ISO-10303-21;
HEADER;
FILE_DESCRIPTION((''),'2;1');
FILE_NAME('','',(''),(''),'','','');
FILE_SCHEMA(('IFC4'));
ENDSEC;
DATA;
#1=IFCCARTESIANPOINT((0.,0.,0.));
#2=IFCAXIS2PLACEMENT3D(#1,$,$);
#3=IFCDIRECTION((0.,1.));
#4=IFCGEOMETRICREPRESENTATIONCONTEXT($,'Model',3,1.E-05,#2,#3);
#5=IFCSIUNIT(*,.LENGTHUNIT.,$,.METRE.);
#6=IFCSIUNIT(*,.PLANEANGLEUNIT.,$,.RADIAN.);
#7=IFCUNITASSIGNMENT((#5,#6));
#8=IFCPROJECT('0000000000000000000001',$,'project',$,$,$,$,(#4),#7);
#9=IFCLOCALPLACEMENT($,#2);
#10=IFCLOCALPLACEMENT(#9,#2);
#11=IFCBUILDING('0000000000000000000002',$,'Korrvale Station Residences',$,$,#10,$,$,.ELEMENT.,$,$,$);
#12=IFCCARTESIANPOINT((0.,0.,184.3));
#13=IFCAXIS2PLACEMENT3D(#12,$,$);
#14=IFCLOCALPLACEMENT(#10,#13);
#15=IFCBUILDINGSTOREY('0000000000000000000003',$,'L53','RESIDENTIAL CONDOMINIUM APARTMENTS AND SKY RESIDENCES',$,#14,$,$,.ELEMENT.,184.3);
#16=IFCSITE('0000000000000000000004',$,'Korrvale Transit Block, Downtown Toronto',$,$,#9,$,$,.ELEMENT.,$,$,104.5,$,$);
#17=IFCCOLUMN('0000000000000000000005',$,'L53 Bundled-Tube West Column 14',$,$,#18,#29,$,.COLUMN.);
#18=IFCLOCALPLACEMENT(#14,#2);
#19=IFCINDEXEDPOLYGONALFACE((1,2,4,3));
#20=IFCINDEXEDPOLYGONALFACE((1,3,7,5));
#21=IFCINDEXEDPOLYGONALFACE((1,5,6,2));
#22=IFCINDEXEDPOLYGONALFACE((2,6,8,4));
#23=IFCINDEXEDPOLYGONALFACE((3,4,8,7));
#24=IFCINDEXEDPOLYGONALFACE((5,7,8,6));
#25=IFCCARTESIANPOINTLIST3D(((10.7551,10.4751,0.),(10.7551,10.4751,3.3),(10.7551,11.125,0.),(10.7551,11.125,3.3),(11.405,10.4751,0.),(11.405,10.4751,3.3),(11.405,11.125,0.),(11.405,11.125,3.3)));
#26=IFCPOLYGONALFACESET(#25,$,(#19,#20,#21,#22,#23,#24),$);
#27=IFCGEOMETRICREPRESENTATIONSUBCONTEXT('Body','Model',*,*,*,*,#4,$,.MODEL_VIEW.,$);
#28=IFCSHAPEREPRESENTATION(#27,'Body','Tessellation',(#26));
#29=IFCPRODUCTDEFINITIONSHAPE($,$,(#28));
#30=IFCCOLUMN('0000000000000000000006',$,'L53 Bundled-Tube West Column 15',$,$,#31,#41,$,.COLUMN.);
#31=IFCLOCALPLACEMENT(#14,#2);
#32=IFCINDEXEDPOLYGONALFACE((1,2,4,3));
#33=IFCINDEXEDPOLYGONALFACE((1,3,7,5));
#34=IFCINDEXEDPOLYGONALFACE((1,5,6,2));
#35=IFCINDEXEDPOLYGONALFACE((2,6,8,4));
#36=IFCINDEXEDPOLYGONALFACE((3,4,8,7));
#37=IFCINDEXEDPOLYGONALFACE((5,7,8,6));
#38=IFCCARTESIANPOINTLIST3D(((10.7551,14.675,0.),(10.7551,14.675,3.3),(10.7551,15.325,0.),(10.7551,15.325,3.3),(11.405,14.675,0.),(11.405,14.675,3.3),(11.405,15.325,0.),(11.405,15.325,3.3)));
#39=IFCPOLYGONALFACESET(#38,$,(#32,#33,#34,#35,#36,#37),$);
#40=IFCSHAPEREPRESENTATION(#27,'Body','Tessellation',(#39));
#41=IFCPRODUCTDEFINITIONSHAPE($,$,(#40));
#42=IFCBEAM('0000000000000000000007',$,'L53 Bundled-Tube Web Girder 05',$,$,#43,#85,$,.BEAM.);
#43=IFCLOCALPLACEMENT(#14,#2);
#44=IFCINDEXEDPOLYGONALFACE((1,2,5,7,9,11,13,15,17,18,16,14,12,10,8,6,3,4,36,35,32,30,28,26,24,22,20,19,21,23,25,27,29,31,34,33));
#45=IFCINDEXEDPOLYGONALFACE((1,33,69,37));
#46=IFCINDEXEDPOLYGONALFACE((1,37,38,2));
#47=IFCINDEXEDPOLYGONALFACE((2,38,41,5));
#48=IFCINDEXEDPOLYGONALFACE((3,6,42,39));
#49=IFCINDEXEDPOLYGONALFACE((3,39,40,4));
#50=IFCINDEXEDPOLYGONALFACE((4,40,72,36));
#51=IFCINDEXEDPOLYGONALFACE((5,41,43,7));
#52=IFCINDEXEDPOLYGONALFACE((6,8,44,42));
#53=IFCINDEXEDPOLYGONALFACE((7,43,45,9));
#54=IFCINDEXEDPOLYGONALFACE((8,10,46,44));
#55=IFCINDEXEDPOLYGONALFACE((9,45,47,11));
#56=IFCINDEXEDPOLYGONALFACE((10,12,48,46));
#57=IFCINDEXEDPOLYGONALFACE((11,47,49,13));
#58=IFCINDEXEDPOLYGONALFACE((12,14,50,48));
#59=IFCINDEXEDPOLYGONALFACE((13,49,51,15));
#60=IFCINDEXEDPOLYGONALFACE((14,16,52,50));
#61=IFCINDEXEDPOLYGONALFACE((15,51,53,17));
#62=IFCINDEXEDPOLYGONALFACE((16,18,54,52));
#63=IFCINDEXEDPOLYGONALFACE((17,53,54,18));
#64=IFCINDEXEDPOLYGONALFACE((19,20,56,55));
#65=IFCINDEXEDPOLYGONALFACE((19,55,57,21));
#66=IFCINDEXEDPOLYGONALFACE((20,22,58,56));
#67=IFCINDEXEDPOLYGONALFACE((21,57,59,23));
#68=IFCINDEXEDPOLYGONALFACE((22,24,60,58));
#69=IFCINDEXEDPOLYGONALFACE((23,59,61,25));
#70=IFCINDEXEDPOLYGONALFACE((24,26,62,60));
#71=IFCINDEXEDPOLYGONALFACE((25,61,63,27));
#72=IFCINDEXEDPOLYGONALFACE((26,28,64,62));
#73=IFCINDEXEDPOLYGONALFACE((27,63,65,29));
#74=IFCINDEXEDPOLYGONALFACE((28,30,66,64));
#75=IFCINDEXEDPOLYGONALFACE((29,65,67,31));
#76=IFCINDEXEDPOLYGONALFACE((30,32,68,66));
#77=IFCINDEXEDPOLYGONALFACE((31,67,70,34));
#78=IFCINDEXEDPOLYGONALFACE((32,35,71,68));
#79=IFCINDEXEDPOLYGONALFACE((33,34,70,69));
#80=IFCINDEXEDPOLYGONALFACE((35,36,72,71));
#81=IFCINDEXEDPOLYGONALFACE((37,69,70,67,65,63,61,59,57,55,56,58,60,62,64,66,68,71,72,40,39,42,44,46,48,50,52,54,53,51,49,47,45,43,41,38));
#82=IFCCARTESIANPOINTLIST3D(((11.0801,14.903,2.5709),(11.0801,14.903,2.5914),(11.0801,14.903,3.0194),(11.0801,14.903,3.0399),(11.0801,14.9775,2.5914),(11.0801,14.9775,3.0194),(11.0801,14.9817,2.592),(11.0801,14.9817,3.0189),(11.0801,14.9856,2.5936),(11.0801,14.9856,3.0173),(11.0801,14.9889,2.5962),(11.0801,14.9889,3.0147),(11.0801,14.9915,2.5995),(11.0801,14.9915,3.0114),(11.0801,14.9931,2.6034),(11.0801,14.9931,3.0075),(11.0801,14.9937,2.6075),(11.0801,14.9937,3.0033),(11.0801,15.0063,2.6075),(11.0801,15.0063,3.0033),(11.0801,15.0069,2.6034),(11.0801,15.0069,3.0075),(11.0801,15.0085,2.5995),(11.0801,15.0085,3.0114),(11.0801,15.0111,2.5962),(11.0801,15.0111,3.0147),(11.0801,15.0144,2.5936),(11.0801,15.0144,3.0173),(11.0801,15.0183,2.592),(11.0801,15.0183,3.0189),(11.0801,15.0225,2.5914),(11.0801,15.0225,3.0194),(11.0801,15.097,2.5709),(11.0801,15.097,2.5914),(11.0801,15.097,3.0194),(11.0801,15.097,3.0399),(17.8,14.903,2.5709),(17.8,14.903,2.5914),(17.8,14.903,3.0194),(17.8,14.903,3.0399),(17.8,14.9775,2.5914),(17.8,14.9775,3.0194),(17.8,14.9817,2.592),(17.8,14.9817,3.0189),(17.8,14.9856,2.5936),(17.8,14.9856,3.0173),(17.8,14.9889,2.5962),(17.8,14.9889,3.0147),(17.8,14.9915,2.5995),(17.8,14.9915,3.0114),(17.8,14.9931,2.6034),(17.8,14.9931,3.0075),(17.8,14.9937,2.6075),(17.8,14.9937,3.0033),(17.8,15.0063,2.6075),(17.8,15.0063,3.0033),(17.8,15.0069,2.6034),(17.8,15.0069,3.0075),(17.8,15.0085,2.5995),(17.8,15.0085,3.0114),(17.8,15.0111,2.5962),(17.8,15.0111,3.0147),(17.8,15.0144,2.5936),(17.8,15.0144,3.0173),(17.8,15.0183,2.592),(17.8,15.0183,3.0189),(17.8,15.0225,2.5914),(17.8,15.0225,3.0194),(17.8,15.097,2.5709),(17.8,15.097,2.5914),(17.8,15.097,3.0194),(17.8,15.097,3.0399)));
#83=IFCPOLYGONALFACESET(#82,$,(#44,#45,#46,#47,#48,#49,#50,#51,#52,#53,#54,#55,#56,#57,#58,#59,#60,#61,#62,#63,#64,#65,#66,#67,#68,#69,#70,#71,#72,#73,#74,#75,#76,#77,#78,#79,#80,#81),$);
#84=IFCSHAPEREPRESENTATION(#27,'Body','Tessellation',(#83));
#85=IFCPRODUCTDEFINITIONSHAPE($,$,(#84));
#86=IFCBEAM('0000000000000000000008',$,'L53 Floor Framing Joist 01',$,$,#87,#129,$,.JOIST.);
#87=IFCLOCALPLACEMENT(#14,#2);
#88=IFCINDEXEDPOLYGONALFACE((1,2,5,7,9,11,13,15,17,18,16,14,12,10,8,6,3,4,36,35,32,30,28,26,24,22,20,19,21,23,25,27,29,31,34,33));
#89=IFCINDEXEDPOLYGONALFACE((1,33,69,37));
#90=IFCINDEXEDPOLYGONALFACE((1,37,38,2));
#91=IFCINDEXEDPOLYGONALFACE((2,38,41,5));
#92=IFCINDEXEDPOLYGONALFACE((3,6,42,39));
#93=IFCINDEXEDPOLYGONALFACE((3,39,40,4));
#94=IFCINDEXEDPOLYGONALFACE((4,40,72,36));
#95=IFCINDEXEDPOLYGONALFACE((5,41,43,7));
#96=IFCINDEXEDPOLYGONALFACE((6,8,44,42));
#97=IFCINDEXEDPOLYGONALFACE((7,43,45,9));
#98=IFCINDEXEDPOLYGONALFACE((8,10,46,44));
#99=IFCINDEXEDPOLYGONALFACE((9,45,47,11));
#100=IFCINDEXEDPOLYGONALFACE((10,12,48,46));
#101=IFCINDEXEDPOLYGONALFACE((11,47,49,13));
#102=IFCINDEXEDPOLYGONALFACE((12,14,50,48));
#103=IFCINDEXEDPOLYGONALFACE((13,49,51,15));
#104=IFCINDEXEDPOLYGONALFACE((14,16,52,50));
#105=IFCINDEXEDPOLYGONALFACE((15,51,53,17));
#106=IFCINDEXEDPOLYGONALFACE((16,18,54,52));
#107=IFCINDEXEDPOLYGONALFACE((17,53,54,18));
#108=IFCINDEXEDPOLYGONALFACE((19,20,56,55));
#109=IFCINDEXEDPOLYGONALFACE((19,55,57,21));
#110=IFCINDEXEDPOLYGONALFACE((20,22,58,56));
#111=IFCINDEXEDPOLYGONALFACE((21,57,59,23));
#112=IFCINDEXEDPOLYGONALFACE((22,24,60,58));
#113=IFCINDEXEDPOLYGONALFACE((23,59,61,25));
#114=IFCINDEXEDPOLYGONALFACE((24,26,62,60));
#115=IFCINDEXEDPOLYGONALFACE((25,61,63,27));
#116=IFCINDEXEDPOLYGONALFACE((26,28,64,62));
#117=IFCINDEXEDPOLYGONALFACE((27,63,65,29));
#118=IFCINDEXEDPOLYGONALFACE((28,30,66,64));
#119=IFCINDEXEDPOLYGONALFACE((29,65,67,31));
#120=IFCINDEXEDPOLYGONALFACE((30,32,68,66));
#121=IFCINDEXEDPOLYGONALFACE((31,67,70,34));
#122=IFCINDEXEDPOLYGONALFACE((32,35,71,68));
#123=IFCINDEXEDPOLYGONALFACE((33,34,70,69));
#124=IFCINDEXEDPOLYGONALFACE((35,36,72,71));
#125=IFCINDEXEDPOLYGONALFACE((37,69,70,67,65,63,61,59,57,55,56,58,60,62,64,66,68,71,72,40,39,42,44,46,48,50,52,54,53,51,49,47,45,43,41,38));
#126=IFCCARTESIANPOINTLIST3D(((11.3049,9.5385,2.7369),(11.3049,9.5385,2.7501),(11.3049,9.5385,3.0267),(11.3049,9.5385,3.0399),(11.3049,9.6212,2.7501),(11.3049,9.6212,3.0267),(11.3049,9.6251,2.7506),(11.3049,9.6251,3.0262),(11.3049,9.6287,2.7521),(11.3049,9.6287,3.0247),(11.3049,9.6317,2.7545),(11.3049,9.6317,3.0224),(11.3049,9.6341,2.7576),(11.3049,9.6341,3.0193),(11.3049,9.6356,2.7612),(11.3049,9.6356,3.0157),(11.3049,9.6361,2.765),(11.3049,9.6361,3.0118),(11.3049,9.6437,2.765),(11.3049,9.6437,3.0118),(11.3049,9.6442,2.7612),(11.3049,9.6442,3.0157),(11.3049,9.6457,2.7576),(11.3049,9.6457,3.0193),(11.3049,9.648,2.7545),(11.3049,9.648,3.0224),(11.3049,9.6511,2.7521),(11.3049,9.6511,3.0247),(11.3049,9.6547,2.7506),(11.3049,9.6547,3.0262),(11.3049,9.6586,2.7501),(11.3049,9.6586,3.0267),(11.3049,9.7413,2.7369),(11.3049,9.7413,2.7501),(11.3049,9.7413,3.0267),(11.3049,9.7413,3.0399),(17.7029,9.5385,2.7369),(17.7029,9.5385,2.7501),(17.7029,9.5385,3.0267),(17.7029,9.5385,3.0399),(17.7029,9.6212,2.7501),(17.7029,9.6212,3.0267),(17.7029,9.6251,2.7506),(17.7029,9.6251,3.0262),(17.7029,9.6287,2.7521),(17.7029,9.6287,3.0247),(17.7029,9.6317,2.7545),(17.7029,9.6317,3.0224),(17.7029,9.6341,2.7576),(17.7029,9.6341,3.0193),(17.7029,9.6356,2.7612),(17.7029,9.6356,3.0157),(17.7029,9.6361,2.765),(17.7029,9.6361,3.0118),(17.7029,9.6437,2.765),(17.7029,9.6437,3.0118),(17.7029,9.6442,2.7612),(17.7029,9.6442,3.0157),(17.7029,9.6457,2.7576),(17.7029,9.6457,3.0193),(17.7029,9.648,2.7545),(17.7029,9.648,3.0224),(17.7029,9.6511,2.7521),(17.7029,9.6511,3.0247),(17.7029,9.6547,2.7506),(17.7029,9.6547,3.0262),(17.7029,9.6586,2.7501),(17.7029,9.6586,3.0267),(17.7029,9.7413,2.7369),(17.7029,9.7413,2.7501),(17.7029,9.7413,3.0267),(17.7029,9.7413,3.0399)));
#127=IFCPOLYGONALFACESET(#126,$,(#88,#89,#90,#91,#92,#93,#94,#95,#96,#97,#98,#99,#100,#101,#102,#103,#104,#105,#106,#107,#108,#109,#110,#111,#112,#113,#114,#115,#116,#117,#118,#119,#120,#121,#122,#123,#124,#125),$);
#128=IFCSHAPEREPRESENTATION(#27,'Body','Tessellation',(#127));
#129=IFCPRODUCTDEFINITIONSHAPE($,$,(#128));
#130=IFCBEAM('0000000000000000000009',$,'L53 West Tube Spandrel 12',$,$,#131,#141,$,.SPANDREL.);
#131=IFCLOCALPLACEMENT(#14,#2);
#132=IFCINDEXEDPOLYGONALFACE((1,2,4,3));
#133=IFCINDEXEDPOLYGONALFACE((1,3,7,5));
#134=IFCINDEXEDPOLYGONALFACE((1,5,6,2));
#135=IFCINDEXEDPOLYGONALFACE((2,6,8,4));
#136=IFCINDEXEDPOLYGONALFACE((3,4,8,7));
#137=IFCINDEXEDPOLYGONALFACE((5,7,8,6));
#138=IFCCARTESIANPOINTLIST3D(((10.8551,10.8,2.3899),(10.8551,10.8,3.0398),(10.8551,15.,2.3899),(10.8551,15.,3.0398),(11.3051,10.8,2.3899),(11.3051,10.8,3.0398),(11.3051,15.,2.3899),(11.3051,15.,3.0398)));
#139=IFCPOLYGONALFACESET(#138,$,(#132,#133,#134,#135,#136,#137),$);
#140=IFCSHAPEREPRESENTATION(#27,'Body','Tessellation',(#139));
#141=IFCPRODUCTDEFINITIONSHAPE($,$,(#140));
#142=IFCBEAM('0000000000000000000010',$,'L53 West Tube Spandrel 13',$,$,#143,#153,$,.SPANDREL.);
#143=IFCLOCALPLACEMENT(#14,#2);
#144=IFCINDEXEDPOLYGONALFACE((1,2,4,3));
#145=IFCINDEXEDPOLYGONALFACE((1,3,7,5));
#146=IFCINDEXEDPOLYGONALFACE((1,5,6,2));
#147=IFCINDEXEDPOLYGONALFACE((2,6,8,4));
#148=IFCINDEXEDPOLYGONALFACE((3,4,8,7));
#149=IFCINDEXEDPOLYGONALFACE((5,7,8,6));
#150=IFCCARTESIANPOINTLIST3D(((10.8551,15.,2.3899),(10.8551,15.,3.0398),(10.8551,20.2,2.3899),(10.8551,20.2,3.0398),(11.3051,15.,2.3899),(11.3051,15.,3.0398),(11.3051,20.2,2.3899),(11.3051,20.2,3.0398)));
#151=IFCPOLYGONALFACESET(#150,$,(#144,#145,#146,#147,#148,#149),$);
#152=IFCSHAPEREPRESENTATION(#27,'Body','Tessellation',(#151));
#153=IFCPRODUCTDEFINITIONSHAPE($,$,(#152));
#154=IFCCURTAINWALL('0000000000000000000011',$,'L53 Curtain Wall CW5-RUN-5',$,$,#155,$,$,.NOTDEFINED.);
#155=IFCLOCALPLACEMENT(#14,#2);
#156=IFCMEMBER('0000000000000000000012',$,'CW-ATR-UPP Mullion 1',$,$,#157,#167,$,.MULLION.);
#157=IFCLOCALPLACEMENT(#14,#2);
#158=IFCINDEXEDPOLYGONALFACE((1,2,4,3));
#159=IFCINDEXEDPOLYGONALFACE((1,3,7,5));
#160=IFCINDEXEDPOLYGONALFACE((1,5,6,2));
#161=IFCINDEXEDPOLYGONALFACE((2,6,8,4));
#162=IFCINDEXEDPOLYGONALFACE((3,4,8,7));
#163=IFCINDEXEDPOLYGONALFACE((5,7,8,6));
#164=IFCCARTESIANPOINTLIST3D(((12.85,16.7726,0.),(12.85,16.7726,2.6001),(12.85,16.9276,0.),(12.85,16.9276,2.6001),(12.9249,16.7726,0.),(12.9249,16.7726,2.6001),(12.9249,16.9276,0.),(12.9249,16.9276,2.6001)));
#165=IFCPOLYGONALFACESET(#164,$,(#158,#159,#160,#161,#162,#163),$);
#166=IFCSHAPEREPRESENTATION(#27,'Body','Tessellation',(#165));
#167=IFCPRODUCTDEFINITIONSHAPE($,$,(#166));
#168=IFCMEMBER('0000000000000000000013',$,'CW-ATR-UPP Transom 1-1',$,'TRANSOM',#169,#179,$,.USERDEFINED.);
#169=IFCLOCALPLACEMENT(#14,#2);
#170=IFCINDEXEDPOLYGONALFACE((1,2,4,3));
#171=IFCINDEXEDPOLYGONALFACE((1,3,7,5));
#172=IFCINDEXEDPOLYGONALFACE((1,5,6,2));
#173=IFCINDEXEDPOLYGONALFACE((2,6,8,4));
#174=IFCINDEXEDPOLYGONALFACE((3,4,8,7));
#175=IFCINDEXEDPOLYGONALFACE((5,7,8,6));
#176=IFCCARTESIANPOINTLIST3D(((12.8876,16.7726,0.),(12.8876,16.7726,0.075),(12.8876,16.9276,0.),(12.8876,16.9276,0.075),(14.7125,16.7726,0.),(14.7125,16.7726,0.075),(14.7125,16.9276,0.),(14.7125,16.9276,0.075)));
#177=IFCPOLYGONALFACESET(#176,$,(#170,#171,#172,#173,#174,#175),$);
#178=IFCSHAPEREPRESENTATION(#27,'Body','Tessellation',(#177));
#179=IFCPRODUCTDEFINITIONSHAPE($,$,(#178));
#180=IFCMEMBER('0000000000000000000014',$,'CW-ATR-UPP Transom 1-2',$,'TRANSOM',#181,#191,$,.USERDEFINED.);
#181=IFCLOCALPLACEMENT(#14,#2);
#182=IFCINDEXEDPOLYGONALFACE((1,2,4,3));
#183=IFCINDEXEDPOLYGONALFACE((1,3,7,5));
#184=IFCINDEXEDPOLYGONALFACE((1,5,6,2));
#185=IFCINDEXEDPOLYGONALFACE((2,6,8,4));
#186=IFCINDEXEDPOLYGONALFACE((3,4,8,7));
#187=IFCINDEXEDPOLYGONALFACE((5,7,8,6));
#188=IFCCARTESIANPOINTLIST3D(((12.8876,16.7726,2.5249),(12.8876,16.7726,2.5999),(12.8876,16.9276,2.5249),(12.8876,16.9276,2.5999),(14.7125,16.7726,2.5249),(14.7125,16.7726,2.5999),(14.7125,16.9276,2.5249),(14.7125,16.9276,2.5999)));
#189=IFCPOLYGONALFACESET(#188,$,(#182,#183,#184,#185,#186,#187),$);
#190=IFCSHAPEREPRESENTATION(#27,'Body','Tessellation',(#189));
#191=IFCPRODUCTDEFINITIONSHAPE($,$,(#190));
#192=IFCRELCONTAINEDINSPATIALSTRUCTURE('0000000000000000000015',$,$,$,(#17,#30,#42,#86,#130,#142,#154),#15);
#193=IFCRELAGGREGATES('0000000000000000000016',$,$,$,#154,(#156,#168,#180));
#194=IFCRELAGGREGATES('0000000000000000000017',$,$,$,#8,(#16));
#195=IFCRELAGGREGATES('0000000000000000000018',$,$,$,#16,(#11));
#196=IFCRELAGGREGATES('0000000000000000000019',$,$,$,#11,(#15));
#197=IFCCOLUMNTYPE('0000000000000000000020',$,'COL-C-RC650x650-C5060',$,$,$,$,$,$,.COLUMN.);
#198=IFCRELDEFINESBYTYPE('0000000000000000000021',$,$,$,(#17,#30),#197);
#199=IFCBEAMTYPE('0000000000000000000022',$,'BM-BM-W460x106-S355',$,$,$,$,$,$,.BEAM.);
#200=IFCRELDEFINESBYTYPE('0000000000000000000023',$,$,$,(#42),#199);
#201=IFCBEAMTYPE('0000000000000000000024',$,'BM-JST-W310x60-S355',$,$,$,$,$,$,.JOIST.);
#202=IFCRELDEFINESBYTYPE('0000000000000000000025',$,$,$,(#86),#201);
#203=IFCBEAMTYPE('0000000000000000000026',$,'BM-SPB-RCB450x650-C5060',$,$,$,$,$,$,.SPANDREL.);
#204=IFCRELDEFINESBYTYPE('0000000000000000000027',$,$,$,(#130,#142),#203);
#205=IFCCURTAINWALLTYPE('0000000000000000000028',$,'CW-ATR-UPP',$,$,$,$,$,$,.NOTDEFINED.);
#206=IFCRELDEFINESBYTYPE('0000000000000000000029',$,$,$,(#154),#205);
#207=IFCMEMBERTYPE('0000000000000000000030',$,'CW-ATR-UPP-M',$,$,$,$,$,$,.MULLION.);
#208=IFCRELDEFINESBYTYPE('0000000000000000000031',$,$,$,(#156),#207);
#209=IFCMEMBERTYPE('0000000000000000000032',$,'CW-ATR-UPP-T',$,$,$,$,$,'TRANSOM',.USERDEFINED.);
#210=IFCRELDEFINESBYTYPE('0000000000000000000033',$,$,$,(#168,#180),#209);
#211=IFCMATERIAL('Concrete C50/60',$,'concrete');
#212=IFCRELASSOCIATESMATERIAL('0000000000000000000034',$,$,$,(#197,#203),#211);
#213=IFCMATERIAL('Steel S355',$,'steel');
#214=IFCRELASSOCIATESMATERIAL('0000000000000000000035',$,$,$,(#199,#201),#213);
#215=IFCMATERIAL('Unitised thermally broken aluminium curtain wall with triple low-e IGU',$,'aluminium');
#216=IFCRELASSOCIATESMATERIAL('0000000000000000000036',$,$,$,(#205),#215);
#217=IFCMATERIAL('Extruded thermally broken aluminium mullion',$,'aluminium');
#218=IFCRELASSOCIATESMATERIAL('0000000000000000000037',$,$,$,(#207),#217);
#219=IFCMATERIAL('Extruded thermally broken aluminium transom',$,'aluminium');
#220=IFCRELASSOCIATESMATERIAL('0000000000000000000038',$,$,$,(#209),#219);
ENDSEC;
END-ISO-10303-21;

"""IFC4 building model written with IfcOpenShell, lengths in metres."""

from ifc_helpers import new_model, si_unit, direction, frame, origin, origin_2d, place, context, subcontext, project, spatial, rectangle, i_section, extrude, material, material_profile, profile_set, type_object, element, aggregate, save


model = new_model("IFC4")

# Units and contexts
model_context = context("Model", 3, precision=1e-05, world=origin(), true_north=direction((0.0, 1.0)))
body_context = subcontext(model_context, "Body", "Model", "MODEL_VIEW")
ifc_project = project(units=[si_unit("LENGTHUNIT", "METRE"), si_unit("PLANEANGLEUNIT", "RADIAN")], contexts=[model_context])

# Site, building, storey
site_placement = place(None, origin())
site = spatial("IfcSite", under=ifc_project, at=site_placement, Name="Korrvale Transit Block, Downtown Toronto", CompositionType="ELEMENT", RefElevation=104.5)
building_placement = place(site_placement, origin())
building = spatial("IfcBuilding", under=site, at=building_placement, Name="Korrvale Station Residences", CompositionType="ELEMENT")
storey_placement = place(building_placement, frame((0.0, 0.0, 184.3)))
storey = spatial("IfcBuildingStorey", under=building, at=storey_placement, Name="L53", Description="RESIDENTIAL CONDOMINIUM APARTMENTS AND SKY RESIDENCES", CompositionType="ELEMENT", Elevation=184.3)

# Columns
ifc_material_1 = material(Name="Concrete C50/60", Category="concrete")
ifc_material_profile_1 = material_profile(ifc_material_1, rectangle(XDim=0.6499, YDim=0.6499, at=origin_2d()), Name="RC650x650")
ifc_profile_set_1 = profile_set([ifc_material_profile_1], Name="Concrete C50/60")
column_type = type_object("IfcColumnType", Name="COL-C-RC650x650-C5060", PredefinedType="COLUMN", material=ifc_profile_set_1)
for number, where, z_axis, x_axis, name in (
    (1, (11.0801, 10.8, 0.0), (0.0, 0.0, 1.0), (1.0, 0.0, 0.0), "L53 Bundled-Tube West Column 14"),
    (2, (11.0801, 15.0, 0.0), (0.0, 0.0, 1.0), (1.0, 0.0, 0.0), "L53 Bundled-Tube West Column 15"),
):
    element("IfcColumn", number, at=place(storey_placement, frame(where, z_axis=z_axis, x_axis=x_axis)), inside=storey, type_object=column_type, Name=name, PredefinedType="COLUMN", context=body_context, shape_type="SweptSolid", body=[
        extrude(rectangle(XDim=0.6499, YDim=0.6499, at=origin_2d()), origin(), (0.0, 0.0, 1.0), 3.3),
    ])

# Beams
ifc_material_2 = material(Name="Steel S355", Category="steel")
ifc_material_profile_2 = material_profile(ifc_material_2, i_section(OverallWidth=0.1941, OverallDepth=0.469, WebThickness=0.0127, FlangeThickness=0.0205, FilletRadius=0.0161, at=origin_2d()), Name="W460x106")
ifc_profile_set_2 = profile_set([ifc_material_profile_2], Name="Steel S355")
beam_type_1 = type_object("IfcBeamType", Name="BM-BM-W460x106-S355", PredefinedType="BEAM", material=ifc_profile_set_2)
beam_1_placement = place(storey_placement, frame((11.0801, 15.0, 2.8054), z_axis=(1.0, 0.0, 0.0), x_axis=(0.0, 1.0, 0.0)))
element("IfcBeam", 3, at=beam_1_placement, inside=storey, type_object=beam_type_1, Name="L53 Bundled-Tube Web Girder 05", PredefinedType="BEAM", context=body_context, shape_type="SweptSolid", body=[
    extrude(i_section(OverallWidth=0.1941, OverallDepth=0.469, WebThickness=0.0127, FlangeThickness=0.0205, FilletRadius=0.0161, at=origin_2d()), origin(), (0.0, 0.0, 1.0), 6.72),
])
ifc_material_profile_3 = material_profile(ifc_material_2, i_section(OverallWidth=0.2029, OverallDepth=0.303, WebThickness=0.0076, FlangeThickness=0.0132, FilletRadius=0.0149, at=origin_2d()), Name="W310x60")
ifc_profile_set_3 = profile_set([ifc_material_profile_3], Name="Steel S355")
beam_type_2 = type_object("IfcBeamType", Name="BM-JST-W310x60-S355", PredefinedType="JOIST", material=ifc_profile_set_3)
beam_2_placement = place(storey_placement, frame((11.3049, 9.6399, 2.8884), z_axis=(1.0, 0.0, 0.0), x_axis=(0.0, 1.0, 0.0)))
element("IfcBeam", 4, at=beam_2_placement, inside=storey, type_object=beam_type_2, Name="L53 Floor Framing Joist 01", PredefinedType="JOIST", context=body_context, shape_type="SweptSolid", body=[
    extrude(i_section(OverallWidth=0.2029, OverallDepth=0.303, WebThickness=0.0076, FlangeThickness=0.0132, FilletRadius=0.0149, at=origin_2d()), origin(), (0.0, 0.0, 1.0), 6.3979),
])
ifc_material_profile_4 = material_profile(ifc_material_1, rectangle(XDim=0.45, YDim=0.6499, at=origin_2d()), Name="RCB450x650")
ifc_profile_set_4 = profile_set([ifc_material_profile_4], Name="Concrete C50/60")
beam_type_3 = type_object("IfcBeamType", Name="BM-SPB-RCB450x650-C5060", PredefinedType="SPANDREL", material=ifc_profile_set_4)
beam_3_placement = place(storey_placement, frame((11.0801, 10.8, 2.7148), z_axis=(0.0, 1.0, 0.0), x_axis=(-1.0, 0.0, 0.0)))
element("IfcBeam", 5, at=beam_3_placement, inside=storey, type_object=beam_type_3, Name="L53 West Tube Spandrel 12", PredefinedType="SPANDREL", context=body_context, shape_type="SweptSolid", body=[
    extrude(rectangle(XDim=0.45, YDim=0.6499, at=origin_2d()), origin(), (0.0, 0.0, 1.0), 4.2),
])
beam_4_placement = place(storey_placement, frame((11.0801, 15.0, 2.7148), z_axis=(0.0, 1.0, 0.0), x_axis=(-1.0, 0.0, 0.0)))
element("IfcBeam", 6, at=beam_4_placement, inside=storey, type_object=beam_type_3, Name="L53 West Tube Spandrel 13", PredefinedType="SPANDREL", context=body_context, shape_type="SweptSolid", body=[
    extrude(rectangle(XDim=0.45, YDim=0.6499, at=origin_2d()), origin(), (0.0, 0.0, 1.0), 5.2),
])

# Curtain wall, members
ifc_material_3 = material(Name="Unitised thermally broken aluminium curtain wall with triple low-e IGU", Category="aluminium")
curtain_wall_type = type_object("IfcCurtainWallType", Name="CW-ATR-UPP", PredefinedType="NOTDEFINED", material=ifc_material_3)
curtain_wall_placement = place(storey_placement, origin())
curtain_wall = element("IfcCurtainWall", 7, at=curtain_wall_placement, inside=storey, type_object=curtain_wall_type, Name="L53 Curtain Wall CW5-RUN-5", PredefinedType="NOTDEFINED")
ifc_material_4 = material(Name="Extruded thermally broken aluminium mullion", Category="aluminium")
member_type_1 = type_object("IfcMemberType", Name="CW-ATR-UPP-M", PredefinedType="MULLION", material=ifc_material_4)
member_1_placement = place(storey_placement, frame((12.8875, 16.8501, 0.0), z_axis=(0.0, 0.0, 1.0), x_axis=(1.0, 0.0, 0.0)))
member_1 = element("IfcMember", 8, at=member_1_placement, type_object=member_type_1, Name="CW-ATR-UPP Mullion 1", PredefinedType="MULLION", context=body_context, shape_type="SweptSolid", body=[
    extrude(rectangle(XDim=0.075, YDim=0.155, at=origin_2d()), origin(), (0.0, 0.0, 1.0), 2.6001),
])
ifc_material_5 = material(Name="Extruded thermally broken aluminium transom", Category="aluminium")
member_type_2 = type_object("IfcMemberType", Name="CW-ATR-UPP-T", ElementType="TRANSOM", PredefinedType="USERDEFINED", material=ifc_material_5)
member_2_placement = place(storey_placement, frame((13.8, 16.8501, 0.0), z_axis=(0.0, 0.0, 1.0), x_axis=(1.0, 0.0, 0.0)))
member_2 = element("IfcMember", 9, at=member_2_placement, type_object=member_type_2, Name="CW-ATR-UPP Transom 1-1", ObjectType="TRANSOM", PredefinedType="USERDEFINED", context=body_context, shape_type="SweptSolid", body=[
    extrude(rectangle(XDim=1.825, YDim=0.155, at=origin_2d()), origin(), (0.0, 0.0, 1.0), 0.075),
])
member_3_placement = place(storey_placement, frame((13.8, 16.8501, 2.5249), z_axis=(0.0, 0.0, 1.0), x_axis=(1.0, 0.0, 0.0)))
member_3 = element("IfcMember", 10, at=member_3_placement, type_object=member_type_2, Name="CW-ATR-UPP Transom 1-2", ObjectType="TRANSOM", PredefinedType="USERDEFINED", context=body_context, shape_type="SweptSolid", body=[
    extrude(rectangle(XDim=1.825, YDim=0.155, at=origin_2d()), origin(), (0.0, 0.0, 1.0), 0.075),
])
aggregate(curtain_wall, [member_1, member_2, member_3])

save(model, "model.ifc")
